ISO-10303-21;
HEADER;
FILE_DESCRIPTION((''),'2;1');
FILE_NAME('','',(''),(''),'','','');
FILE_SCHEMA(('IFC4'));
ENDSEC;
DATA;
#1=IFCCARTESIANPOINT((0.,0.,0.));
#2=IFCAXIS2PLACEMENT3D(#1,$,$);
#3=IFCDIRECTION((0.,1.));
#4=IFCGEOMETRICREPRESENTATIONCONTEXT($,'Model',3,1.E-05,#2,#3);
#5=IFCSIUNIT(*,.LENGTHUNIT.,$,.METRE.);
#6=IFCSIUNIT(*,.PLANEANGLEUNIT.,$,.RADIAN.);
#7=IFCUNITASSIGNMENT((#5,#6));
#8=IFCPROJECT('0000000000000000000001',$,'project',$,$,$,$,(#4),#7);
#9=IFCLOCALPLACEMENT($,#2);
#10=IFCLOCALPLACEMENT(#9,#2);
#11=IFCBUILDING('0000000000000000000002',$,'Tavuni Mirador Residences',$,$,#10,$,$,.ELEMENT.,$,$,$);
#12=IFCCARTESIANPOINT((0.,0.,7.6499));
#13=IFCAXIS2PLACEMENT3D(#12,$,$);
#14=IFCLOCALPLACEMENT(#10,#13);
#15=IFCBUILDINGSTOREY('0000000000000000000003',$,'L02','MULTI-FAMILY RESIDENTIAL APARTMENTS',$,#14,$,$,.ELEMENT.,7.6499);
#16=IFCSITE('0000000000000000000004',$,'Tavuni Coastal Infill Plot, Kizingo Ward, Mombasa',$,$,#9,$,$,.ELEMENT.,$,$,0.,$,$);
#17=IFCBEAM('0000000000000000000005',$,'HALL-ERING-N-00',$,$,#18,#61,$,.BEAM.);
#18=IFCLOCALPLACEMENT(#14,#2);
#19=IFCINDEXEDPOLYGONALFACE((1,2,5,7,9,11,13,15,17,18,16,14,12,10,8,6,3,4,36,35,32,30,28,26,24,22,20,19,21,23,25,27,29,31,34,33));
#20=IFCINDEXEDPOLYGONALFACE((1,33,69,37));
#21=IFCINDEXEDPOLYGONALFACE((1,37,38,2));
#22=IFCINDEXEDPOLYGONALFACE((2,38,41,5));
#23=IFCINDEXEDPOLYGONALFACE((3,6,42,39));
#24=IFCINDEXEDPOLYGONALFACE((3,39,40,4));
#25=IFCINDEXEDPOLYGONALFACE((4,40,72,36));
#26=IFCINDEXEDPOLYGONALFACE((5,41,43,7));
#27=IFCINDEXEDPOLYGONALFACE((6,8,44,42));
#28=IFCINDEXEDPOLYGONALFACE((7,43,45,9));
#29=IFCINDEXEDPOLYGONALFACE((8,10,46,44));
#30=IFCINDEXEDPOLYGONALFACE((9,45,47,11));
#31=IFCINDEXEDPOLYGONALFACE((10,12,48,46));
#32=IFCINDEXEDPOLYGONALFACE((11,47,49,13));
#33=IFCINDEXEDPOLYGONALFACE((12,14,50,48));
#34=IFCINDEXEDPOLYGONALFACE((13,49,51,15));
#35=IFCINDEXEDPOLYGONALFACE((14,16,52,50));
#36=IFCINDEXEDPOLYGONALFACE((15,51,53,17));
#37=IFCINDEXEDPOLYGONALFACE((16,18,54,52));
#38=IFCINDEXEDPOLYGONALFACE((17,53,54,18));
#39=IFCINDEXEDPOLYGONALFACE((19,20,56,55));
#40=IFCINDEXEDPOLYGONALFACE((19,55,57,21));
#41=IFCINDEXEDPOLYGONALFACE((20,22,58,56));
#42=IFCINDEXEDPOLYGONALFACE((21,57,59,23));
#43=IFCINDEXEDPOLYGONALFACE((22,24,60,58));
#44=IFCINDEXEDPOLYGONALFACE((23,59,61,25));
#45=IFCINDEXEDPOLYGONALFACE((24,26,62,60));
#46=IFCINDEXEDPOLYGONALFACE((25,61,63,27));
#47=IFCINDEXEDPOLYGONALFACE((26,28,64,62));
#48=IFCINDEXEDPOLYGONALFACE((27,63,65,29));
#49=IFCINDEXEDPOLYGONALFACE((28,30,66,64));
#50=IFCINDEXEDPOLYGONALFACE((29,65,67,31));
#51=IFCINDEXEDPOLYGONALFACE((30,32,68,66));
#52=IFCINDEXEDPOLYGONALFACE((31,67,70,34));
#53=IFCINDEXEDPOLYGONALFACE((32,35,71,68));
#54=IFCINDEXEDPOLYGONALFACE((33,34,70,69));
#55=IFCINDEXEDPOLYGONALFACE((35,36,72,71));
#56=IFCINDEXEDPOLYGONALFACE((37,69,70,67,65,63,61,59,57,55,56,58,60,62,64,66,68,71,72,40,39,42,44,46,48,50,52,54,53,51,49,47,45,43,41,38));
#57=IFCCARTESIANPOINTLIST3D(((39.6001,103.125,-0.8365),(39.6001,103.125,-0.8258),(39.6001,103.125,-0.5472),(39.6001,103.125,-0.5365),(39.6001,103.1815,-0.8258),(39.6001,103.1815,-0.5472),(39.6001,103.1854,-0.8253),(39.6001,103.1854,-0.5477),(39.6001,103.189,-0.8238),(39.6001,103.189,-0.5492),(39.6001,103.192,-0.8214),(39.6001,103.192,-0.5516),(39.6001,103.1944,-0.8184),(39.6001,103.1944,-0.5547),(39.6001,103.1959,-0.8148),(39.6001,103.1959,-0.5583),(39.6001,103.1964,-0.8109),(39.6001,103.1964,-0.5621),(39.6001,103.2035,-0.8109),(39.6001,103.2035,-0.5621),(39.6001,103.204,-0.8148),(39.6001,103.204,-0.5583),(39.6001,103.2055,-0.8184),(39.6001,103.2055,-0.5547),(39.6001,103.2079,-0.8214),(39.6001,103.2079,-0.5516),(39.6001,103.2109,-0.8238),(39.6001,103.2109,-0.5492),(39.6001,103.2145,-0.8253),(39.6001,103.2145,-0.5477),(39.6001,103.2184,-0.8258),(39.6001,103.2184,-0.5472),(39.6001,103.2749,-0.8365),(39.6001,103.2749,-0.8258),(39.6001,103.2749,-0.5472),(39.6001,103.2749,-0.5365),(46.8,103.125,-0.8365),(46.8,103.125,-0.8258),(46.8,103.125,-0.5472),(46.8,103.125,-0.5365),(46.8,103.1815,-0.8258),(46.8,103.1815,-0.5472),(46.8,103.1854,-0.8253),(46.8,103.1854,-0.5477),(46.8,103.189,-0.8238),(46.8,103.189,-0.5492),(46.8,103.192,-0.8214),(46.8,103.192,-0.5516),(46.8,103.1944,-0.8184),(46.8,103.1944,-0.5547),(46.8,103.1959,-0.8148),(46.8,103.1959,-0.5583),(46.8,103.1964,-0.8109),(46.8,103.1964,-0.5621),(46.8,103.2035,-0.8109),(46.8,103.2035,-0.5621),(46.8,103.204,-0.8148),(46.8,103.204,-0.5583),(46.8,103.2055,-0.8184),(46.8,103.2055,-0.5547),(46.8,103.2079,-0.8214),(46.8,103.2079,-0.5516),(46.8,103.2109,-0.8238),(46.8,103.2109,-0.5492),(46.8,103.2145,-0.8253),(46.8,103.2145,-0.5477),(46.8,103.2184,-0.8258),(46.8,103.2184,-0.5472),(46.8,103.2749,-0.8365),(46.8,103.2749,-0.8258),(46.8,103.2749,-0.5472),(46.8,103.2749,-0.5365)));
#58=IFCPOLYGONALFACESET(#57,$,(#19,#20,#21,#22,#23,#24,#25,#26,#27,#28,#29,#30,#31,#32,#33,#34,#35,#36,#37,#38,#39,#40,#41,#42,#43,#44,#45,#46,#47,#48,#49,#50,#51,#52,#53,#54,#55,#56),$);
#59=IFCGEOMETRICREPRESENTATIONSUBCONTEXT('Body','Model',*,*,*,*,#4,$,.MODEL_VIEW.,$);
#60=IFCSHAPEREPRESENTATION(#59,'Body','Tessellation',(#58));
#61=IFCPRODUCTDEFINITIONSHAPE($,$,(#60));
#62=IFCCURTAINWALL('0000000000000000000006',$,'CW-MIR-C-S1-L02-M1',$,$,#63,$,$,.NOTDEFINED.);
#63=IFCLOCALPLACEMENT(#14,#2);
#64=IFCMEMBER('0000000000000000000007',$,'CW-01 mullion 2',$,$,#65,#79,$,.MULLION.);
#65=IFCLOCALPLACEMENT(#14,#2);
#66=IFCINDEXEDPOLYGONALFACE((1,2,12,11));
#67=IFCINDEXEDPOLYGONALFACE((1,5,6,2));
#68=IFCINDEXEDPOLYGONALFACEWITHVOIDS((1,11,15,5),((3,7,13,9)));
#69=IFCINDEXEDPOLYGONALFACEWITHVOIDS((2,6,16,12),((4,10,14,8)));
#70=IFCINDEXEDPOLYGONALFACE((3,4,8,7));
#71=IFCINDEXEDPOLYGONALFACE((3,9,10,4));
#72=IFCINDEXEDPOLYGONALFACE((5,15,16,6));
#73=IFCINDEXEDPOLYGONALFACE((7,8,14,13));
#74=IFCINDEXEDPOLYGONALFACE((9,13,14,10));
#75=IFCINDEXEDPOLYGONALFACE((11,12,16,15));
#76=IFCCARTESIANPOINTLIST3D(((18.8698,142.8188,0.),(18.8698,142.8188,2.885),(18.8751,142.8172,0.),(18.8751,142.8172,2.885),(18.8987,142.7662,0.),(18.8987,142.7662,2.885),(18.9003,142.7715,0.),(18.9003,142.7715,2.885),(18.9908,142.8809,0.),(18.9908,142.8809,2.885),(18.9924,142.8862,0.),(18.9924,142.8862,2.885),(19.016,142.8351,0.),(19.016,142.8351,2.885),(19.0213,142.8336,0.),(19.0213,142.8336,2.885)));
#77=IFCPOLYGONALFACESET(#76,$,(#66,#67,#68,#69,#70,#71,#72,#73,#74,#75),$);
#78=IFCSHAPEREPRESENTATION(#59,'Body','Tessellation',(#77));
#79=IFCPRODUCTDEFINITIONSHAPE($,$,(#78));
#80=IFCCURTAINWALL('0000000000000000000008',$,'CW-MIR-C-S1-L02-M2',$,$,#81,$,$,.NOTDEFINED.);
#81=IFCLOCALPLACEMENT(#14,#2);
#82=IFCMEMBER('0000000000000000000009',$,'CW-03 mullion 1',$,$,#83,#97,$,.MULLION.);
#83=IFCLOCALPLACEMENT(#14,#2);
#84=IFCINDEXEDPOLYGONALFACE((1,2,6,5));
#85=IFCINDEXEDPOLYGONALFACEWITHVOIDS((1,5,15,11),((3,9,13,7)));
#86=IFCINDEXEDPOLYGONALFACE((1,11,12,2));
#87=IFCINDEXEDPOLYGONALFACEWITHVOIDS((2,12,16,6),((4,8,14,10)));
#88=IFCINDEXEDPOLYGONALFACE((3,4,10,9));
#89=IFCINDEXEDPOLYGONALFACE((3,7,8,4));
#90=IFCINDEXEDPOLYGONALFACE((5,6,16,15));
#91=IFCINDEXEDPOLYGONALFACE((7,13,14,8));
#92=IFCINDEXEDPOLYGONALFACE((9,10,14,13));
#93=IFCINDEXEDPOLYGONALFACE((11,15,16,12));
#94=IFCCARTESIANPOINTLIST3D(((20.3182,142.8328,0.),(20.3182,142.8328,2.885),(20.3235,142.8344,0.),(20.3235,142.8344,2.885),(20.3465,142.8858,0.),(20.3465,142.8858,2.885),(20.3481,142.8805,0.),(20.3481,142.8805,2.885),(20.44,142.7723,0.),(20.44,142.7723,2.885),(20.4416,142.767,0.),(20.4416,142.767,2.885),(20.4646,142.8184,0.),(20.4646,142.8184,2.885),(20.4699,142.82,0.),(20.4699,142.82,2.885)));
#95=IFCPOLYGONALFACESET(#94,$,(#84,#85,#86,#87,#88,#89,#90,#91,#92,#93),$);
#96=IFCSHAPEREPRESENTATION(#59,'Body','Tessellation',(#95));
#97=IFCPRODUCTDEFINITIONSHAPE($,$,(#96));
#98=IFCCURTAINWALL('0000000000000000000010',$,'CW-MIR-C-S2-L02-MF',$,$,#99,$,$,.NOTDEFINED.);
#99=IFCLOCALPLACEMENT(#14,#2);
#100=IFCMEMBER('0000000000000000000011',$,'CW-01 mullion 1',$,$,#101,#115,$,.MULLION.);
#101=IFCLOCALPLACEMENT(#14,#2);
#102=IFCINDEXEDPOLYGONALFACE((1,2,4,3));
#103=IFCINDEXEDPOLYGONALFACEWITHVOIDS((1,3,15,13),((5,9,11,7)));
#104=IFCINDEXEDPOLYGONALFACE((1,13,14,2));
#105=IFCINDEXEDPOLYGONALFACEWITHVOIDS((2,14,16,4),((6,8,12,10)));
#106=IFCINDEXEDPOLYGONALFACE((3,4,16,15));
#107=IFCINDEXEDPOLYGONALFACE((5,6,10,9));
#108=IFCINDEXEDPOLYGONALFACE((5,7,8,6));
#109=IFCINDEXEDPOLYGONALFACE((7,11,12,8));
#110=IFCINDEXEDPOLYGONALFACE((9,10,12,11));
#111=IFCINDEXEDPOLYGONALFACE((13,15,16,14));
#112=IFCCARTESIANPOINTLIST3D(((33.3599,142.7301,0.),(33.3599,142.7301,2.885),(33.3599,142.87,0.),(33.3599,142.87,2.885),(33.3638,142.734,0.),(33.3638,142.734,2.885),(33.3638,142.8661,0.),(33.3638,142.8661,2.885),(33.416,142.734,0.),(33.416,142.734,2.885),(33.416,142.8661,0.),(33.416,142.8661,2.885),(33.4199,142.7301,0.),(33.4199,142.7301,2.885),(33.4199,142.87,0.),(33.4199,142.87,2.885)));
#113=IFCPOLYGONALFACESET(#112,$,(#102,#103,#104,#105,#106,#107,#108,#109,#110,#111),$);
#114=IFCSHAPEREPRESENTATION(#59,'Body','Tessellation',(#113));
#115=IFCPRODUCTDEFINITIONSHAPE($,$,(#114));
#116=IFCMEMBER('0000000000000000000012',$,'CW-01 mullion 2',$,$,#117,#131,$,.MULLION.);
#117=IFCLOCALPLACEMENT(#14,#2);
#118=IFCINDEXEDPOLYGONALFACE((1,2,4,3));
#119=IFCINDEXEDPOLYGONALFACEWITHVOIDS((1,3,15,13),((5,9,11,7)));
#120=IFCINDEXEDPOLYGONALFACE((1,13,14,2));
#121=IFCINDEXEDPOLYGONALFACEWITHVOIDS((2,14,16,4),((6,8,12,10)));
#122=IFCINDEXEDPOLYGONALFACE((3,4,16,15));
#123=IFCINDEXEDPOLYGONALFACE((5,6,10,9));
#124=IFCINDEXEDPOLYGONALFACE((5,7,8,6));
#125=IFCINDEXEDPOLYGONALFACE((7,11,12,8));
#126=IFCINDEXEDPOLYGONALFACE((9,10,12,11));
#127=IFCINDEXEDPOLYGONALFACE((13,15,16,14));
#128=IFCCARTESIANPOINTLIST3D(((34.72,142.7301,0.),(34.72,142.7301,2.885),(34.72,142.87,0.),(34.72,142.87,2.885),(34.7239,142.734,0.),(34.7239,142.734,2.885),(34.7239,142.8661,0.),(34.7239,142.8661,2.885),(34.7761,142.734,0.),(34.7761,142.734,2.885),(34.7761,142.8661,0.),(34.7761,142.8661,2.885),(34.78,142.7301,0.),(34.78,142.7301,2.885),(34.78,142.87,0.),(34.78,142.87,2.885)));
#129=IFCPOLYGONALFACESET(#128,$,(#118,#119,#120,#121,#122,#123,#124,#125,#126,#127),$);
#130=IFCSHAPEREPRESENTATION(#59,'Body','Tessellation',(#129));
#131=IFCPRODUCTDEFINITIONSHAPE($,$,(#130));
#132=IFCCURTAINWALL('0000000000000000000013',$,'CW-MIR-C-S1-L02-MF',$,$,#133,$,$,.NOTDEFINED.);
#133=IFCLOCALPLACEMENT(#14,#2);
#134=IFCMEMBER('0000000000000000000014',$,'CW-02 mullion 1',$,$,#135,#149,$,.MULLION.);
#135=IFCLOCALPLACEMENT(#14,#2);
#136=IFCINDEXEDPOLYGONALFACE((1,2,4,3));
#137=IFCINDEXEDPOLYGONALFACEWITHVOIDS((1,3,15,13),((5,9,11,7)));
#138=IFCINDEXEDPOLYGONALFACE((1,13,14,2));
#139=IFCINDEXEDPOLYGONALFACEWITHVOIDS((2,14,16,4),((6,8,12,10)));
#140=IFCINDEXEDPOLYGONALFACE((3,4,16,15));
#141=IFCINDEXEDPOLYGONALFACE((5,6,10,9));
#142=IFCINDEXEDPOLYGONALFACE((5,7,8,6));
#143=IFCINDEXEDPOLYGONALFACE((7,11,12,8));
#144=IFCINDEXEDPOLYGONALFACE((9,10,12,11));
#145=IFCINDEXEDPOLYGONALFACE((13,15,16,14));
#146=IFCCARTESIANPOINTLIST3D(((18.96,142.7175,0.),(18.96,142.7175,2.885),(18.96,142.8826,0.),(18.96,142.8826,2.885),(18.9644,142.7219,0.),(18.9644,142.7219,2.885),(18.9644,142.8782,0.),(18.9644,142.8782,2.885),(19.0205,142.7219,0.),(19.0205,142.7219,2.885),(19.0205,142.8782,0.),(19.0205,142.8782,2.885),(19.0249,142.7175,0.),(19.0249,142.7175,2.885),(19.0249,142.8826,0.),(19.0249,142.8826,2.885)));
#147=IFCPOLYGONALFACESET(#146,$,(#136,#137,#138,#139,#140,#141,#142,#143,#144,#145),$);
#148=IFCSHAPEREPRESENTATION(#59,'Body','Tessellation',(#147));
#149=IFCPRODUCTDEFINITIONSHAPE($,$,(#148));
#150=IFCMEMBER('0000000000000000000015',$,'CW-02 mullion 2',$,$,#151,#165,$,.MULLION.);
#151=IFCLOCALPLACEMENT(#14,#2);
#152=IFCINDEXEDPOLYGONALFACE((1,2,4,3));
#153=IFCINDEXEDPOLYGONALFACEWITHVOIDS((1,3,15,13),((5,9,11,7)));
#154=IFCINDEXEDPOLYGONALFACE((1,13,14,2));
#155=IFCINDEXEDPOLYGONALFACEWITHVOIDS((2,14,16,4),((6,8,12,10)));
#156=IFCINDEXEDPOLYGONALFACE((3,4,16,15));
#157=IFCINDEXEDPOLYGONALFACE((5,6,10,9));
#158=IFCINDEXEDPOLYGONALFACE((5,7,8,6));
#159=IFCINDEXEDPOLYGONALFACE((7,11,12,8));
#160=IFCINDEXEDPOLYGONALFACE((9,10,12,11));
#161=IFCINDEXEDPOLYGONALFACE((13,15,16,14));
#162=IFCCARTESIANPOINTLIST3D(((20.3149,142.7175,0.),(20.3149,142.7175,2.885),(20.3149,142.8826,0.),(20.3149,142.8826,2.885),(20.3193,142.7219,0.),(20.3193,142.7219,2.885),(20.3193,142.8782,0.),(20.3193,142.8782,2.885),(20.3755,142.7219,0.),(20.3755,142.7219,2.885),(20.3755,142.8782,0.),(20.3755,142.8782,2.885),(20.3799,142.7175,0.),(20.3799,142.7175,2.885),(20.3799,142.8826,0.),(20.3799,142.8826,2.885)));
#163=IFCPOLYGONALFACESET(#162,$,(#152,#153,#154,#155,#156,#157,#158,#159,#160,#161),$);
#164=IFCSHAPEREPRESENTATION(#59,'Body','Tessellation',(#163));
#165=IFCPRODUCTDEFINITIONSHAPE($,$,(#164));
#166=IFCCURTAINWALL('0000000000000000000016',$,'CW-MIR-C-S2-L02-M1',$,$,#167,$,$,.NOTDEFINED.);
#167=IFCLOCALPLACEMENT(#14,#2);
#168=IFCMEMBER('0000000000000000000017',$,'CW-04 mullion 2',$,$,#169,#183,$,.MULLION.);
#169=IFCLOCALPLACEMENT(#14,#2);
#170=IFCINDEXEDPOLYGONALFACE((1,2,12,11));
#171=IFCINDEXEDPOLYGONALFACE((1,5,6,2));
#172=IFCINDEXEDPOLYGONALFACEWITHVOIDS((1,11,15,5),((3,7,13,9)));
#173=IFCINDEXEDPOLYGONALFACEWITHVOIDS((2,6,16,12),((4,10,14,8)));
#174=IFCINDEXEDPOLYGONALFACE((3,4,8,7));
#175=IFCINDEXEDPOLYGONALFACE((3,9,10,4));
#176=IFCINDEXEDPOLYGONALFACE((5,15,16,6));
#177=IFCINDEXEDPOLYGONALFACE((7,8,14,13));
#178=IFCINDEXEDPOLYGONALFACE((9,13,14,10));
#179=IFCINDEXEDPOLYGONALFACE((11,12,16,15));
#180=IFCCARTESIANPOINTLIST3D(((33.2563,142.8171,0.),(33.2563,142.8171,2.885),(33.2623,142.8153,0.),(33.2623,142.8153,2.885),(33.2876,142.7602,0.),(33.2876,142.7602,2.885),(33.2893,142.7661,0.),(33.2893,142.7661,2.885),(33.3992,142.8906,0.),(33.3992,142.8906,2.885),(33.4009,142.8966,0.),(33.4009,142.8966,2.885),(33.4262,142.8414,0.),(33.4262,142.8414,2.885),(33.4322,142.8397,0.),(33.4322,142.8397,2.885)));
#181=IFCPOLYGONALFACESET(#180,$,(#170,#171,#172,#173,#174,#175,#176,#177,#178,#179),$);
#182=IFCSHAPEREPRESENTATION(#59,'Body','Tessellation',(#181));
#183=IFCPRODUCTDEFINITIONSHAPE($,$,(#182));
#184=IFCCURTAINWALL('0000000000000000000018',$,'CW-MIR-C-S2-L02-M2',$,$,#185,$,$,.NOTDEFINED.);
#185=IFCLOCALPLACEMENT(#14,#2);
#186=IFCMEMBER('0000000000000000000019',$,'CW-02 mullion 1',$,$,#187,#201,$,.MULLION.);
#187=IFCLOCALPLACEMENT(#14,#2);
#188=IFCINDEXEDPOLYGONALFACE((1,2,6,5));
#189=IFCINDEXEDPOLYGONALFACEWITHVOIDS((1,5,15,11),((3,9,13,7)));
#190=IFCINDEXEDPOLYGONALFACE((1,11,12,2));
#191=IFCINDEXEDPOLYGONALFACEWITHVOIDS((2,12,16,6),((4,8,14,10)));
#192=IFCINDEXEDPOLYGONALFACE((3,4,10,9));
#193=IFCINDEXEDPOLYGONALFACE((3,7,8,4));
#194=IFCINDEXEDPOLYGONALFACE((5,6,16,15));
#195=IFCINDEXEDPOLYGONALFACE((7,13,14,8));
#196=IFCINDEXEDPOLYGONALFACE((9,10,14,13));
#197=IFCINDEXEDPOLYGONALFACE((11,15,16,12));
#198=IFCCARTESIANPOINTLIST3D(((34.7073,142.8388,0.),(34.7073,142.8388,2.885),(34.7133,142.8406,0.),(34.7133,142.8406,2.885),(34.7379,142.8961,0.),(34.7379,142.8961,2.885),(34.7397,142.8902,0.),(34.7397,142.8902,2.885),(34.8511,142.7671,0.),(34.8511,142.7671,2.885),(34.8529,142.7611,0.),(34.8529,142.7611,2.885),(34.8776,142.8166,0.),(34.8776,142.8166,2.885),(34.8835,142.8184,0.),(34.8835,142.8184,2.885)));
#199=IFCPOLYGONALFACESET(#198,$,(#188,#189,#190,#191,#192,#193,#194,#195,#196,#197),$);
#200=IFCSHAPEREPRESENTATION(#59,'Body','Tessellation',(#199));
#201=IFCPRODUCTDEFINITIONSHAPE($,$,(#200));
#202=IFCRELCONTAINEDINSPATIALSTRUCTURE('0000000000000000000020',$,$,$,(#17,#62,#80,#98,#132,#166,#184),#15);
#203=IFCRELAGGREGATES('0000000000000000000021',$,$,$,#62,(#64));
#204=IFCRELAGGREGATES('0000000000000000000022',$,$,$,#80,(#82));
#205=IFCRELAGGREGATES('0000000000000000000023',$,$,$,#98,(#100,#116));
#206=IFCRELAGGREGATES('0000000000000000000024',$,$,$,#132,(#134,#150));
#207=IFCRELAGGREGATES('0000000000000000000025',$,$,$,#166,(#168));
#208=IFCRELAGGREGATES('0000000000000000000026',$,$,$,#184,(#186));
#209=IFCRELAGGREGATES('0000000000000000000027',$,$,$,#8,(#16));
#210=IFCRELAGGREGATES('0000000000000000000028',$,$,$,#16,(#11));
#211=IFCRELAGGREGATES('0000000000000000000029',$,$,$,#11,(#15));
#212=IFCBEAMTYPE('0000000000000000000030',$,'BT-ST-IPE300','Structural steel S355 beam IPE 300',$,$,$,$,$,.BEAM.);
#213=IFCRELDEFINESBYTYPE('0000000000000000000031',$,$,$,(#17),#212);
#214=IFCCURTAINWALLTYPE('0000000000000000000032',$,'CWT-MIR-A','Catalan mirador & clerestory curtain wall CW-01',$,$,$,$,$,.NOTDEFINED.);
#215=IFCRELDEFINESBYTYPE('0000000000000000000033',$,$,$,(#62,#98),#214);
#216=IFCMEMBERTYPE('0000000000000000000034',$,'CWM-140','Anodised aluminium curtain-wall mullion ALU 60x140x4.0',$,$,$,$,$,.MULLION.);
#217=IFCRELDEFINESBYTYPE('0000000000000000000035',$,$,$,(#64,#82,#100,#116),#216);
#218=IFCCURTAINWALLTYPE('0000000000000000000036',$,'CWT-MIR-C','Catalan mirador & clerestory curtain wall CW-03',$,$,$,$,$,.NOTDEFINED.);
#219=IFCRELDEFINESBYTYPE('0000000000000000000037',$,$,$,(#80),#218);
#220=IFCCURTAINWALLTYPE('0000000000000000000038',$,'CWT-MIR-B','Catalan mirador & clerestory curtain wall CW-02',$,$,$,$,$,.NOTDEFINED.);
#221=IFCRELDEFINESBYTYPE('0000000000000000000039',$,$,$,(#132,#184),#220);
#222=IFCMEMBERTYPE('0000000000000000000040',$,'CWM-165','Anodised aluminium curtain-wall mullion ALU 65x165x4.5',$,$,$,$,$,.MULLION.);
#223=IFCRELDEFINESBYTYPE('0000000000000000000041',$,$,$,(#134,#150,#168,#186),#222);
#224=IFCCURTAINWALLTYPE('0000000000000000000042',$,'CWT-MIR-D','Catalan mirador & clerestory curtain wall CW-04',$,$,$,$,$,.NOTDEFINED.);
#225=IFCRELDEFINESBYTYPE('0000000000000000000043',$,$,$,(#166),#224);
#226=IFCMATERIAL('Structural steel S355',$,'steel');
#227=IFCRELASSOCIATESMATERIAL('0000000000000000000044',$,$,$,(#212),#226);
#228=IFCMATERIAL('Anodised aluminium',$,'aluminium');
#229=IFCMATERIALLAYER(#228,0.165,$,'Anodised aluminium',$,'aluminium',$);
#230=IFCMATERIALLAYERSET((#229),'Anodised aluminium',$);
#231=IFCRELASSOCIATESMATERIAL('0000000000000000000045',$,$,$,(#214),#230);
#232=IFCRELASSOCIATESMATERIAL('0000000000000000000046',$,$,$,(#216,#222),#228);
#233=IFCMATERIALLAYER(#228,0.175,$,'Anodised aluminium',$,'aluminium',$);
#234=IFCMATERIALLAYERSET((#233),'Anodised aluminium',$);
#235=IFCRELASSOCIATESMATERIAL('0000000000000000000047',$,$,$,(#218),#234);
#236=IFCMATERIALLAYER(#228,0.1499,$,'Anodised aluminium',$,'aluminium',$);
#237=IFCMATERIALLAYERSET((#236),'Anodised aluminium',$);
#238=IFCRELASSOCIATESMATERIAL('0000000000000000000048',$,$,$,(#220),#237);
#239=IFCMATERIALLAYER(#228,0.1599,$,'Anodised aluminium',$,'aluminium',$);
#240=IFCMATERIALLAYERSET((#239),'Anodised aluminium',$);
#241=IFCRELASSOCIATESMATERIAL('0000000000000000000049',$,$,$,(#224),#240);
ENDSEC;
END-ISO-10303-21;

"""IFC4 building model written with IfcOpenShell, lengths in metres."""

from ifc_helpers import new_model, si_unit, direction, frame, origin, origin_2d, place, context, subcontext, project, spatial, hollow_rectangle, i_section, extrude, material, layer, layer_set, material_profile, profile_set, type_object, element, aggregate, save


model = new_model("IFC4")

# Units and contexts
model_context = context("Model", 3, precision=1e-05, world=origin(), true_north=direction((0.0, 1.0)))
body_context = subcontext(model_context, "Body", "Model", "MODEL_VIEW")
ifc_project = project(units=[si_unit("LENGTHUNIT", "METRE"), si_unit("PLANEANGLEUNIT", "RADIAN")], contexts=[model_context])

# Site, building, storey
site_placement = place(None, origin())
site = spatial("IfcSite", under=ifc_project, at=site_placement, Name="Tavuni Coastal Infill Plot, Kizingo Ward, Mombasa", CompositionType="ELEMENT", RefElevation=0.0)
building_placement = place(site_placement, origin())
building = spatial("IfcBuilding", under=site, at=building_placement, Name="Tavuni Mirador Residences", CompositionType="ELEMENT")
storey_placement = place(building_placement, frame((0.0, 0.0, 7.6499)))
storey = spatial("IfcBuildingStorey", under=building, at=storey_placement, Name="L02", Description="MULTI-FAMILY RESIDENTIAL APARTMENTS", CompositionType="ELEMENT", Elevation=7.6499)

# Beam
ifc_material_1 = material(Name="Structural steel S355", Category="steel")
ifc_material_profile_1 = material_profile(ifc_material_1, i_section(OverallWidth=0.1499, OverallDepth=0.3, WebThickness=0.0071, FlangeThickness=0.0107, FilletRadius=0.0149, at=origin_2d()), Name="IPE 300", Category="steel")
ifc_profile_set_1 = profile_set([ifc_material_profile_1], Name="Structural steel S355")
beam_type = type_object("IfcBeamType", Name="BT-ST-IPE300", Description="Structural steel S355 beam IPE 300", PredefinedType="BEAM", material=ifc_profile_set_1)
beam_placement = place(storey_placement, frame((39.6001, 103.2, -0.6865), z_axis=(1.0, 0.0, 0.0), x_axis=(0.0, 1.0, 0.0)))
element("IfcBeam", 1, at=beam_placement, inside=storey, type_object=beam_type, Name="HALL-ERING-N-00", PredefinedType="BEAM", context=body_context, shape_type="SweptSolid", body=[
    extrude(i_section(OverallWidth=0.1499, OverallDepth=0.3, WebThickness=0.0071, FlangeThickness=0.0107, FilletRadius=0.0149, at=origin_2d()), origin(), (0.0, 0.0, 1.0), 7.2),
])

# Curtain walls, members
ifc_material_2 = material(Name="Anodised aluminium", Category="aluminium")
ifc_layer_1 = layer(ifc_material_2, 0.165, Name="Anodised aluminium", Category="aluminium")
ifc_layer_set_1 = layer_set([ifc_layer_1], Name="Anodised aluminium")
curtain_wall_type_1 = type_object("IfcCurtainWallType", Name="CWT-MIR-A", Description="Catalan mirador & clerestory curtain wall CW-01", PredefinedType="NOTDEFINED", material=ifc_layer_set_1)
curtain_wall_1_placement = place(storey_placement, origin())
curtain_wall_1 = element("IfcCurtainWall", 2, at=curtain_wall_1_placement, inside=storey, type_object=curtain_wall_type_1, Name="CW-MIR-C-S1-L02-M1", PredefinedType="NOTDEFINED")
ifc_material_profile_2 = material_profile(ifc_material_2, hollow_rectangle(XDim=0.0601, YDim=0.1399, WallThickness=0.0039, at=origin_2d()), Name="ALU 60x140x4.0", Category="aluminium")
ifc_profile_set_2 = profile_set([ifc_material_profile_2], Name="Anodised aluminium")
member_type_1 = type_object("IfcMemberType", Name="CWM-140", Description="Anodised aluminium curtain-wall mullion ALU 60x140x4.0", PredefinedType="MULLION", material=ifc_profile_set_2)
member_1_placement = place(storey_placement, frame((18.9456, 142.8262, 0.0), z_axis=(0.0, 0.0, 1.0), x_axis=(0.481919, -0.876216, 0.0)))
member_1 = element("IfcMember", 3, at=member_1_placement, type_object=member_type_1, Name="CW-01 mullion 2", PredefinedType="MULLION", context=body_context, shape_type="SweptSolid", body=[
    extrude(hollow_rectangle(XDim=0.0601, YDim=0.1399, WallThickness=0.0039, at=origin_2d()), origin(), (0.0, 0.0, 1.0), 2.885),
])
ifc_layer_2 = layer(ifc_material_2, 0.175, Name="Anodised aluminium", Category="aluminium")
ifc_layer_set_2 = layer_set([ifc_layer_2], Name="Anodised aluminium")
curtain_wall_type_2 = type_object("IfcCurtainWallType", Name="CWT-MIR-C", Description="Catalan mirador & clerestory curtain wall CW-03", PredefinedType="NOTDEFINED", material=ifc_layer_set_2)
curtain_wall_2_placement = place(storey_placement, origin())
curtain_wall_2 = element("IfcCurtainWall", 4, at=curtain_wall_2_placement, inside=storey, type_object=curtain_wall_type_2, Name="CW-MIR-C-S1-L02-M2", PredefinedType="NOTDEFINED")
member_2_placement = place(storey_placement, frame((20.394, 142.8264, 0.0), z_axis=(0.0, 0.0, 1.0), x_axis=(0.470588, 0.882353, 0.0)))
member_2 = element("IfcMember", 5, at=member_2_placement, type_object=member_type_1, Name="CW-03 mullion 1", PredefinedType="MULLION", context=body_context, shape_type="SweptSolid", body=[
    extrude(hollow_rectangle(XDim=0.0601, YDim=0.1399, WallThickness=0.0039, at=origin_2d()), origin(), (0.0, 0.0, 1.0), 2.885),
])

# Curtain walls, members
curtain_wall_3_placement = place(storey_placement, origin())
curtain_wall_3 = element("IfcCurtainWall", 6, at=curtain_wall_3_placement, inside=storey, type_object=curtain_wall_type_1, Name="CW-MIR-C-S2-L02-MF", PredefinedType="NOTDEFINED")
member_3_placement = place(storey_placement, frame((33.3899, 142.8, 0.0), z_axis=(0.0, 0.0, 1.0), x_axis=(1.0, 0.0, 0.0)))
member_3 = element("IfcMember", 7, at=member_3_placement, type_object=member_type_1, Name="CW-01 mullion 1", PredefinedType="MULLION", context=body_context, shape_type="SweptSolid", body=[
    extrude(hollow_rectangle(XDim=0.0601, YDim=0.1399, WallThickness=0.0039, at=origin_2d()), origin(), (0.0, 0.0, 1.0), 2.885),
])
member_4_placement = place(storey_placement, frame((34.75, 142.8, 0.0), z_axis=(0.0, 0.0, 1.0), x_axis=(1.0, 0.0, 0.0)))
member_4 = element("IfcMember", 8, at=member_4_placement, type_object=member_type_1, Name="CW-01 mullion 2", PredefinedType="MULLION", context=body_context, shape_type="SweptSolid", body=[
    extrude(hollow_rectangle(XDim=0.0601, YDim=0.1399, WallThickness=0.0039, at=origin_2d()), origin(), (0.0, 0.0, 1.0), 2.885),
])
ifc_layer_3 = layer(ifc_material_2, 0.1499, Name="Anodised aluminium", Category="aluminium")
ifc_layer_set_3 = layer_set([ifc_layer_3], Name="Anodised aluminium")
curtain_wall_type_3 = type_object("IfcCurtainWallType", Name="CWT-MIR-B", Description="Catalan mirador & clerestory curtain wall CW-02", PredefinedType="NOTDEFINED", material=ifc_layer_set_3)
curtain_wall_4_placement = place(storey_placement, origin())
curtain_wall_4 = element("IfcCurtainWall", 9, at=curtain_wall_4_placement, inside=storey, type_object=curtain_wall_type_3, Name="CW-MIR-C-S1-L02-MF", PredefinedType="NOTDEFINED")
ifc_material_profile_3 = material_profile(ifc_material_2, hollow_rectangle(XDim=0.0649, YDim=0.165, WallThickness=0.0044, at=origin_2d()), Name="ALU 65x165x4.5", Category="aluminium")
ifc_profile_set_3 = profile_set([ifc_material_profile_3], Name="Anodised aluminium")
member_type_2 = type_object("IfcMemberType", Name="CWM-165", Description="Anodised aluminium curtain-wall mullion ALU 65x165x4.5", PredefinedType="MULLION", material=ifc_profile_set_3)
member_5_placement = place(storey_placement, frame((18.9924, 142.8, 0.0), z_axis=(0.0, 0.0, 1.0), x_axis=(1.0, 0.0, 0.0)))
member_5 = element("IfcMember", 10, at=member_5_placement, type_object=member_type_2, Name="CW-02 mullion 1", PredefinedType="MULLION", context=body_context, shape_type="SweptSolid", body=[
    extrude(hollow_rectangle(XDim=0.0649, YDim=0.165, WallThickness=0.0044, at=origin_2d()), origin(), (0.0, 0.0, 1.0), 2.885),
])
member_6_placement = place(storey_placement, frame((20.3474, 142.8, 0.0), z_axis=(0.0, 0.0, 1.0), x_axis=(1.0, 0.0, 0.0)))
member_6 = element("IfcMember", 11, at=member_6_placement, type_object=member_type_2, Name="CW-02 mullion 2", PredefinedType="MULLION", context=body_context, shape_type="SweptSolid", body=[
    extrude(hollow_rectangle(XDim=0.0649, YDim=0.165, WallThickness=0.0044, at=origin_2d()), origin(), (0.0, 0.0, 1.0), 2.885),
])

# Curtain walls, members
ifc_layer_4 = layer(ifc_material_2, 0.1599, Name="Anodised aluminium", Category="aluminium")
ifc_layer_set_4 = layer_set([ifc_layer_4], Name="Anodised aluminium")
curtain_wall_type_4 = type_object("IfcCurtainWallType", Name="CWT-MIR-D", Description="Catalan mirador & clerestory curtain wall CW-04", PredefinedType="NOTDEFINED", material=ifc_layer_set_4)
curtain_wall_5_placement = place(storey_placement, origin())
curtain_wall_5 = element("IfcCurtainWall", 12, at=curtain_wall_5_placement, inside=storey, type_object=curtain_wall_type_4, Name="CW-MIR-C-S2-L02-M1", PredefinedType="NOTDEFINED")
member_7_placement = place(storey_placement, frame((33.3442, 142.8284, 0.0), z_axis=(0.0, 0.0, 1.0), x_axis=(0.481919, -0.876216, 0.0)))
member_7 = element("IfcMember", 13, at=member_7_placement, type_object=member_type_2, Name="CW-04 mullion 2", PredefinedType="MULLION", context=body_context, shape_type="SweptSolid", body=[
    extrude(hollow_rectangle(XDim=0.0649, YDim=0.165, WallThickness=0.0044, at=origin_2d()), origin(), (0.0, 0.0, 1.0), 2.885),
])
curtain_wall_6_placement = place(storey_placement, origin())
curtain_wall_6 = element("IfcCurtainWall", 14, at=curtain_wall_6_placement, inside=storey, type_object=curtain_wall_type_3, Name="CW-MIR-C-S2-L02-M2", PredefinedType="NOTDEFINED")
member_8_placement = place(storey_placement, frame((34.7954, 142.8286, 0.0), z_axis=(0.0, 0.0, 1.0), x_axis=(0.470588, 0.882353, 0.0)))
member_8 = element("IfcMember", 15, at=member_8_placement, type_object=member_type_2, Name="CW-02 mullion 1", PredefinedType="MULLION", context=body_context, shape_type="SweptSolid", body=[
    extrude(hollow_rectangle(XDim=0.0649, YDim=0.165, WallThickness=0.0044, at=origin_2d()), origin(), (0.0, 0.0, 1.0), 2.885),
])

aggregate(curtain_wall_1, [member_1])
aggregate(curtain_wall_2, [member_2])
aggregate(curtain_wall_3, [member_3, member_4])
aggregate(curtain_wall_4, [member_5, member_6])
aggregate(curtain_wall_5, [member_7])
aggregate(curtain_wall_6, [member_8])

save(model, "model.ifc")
